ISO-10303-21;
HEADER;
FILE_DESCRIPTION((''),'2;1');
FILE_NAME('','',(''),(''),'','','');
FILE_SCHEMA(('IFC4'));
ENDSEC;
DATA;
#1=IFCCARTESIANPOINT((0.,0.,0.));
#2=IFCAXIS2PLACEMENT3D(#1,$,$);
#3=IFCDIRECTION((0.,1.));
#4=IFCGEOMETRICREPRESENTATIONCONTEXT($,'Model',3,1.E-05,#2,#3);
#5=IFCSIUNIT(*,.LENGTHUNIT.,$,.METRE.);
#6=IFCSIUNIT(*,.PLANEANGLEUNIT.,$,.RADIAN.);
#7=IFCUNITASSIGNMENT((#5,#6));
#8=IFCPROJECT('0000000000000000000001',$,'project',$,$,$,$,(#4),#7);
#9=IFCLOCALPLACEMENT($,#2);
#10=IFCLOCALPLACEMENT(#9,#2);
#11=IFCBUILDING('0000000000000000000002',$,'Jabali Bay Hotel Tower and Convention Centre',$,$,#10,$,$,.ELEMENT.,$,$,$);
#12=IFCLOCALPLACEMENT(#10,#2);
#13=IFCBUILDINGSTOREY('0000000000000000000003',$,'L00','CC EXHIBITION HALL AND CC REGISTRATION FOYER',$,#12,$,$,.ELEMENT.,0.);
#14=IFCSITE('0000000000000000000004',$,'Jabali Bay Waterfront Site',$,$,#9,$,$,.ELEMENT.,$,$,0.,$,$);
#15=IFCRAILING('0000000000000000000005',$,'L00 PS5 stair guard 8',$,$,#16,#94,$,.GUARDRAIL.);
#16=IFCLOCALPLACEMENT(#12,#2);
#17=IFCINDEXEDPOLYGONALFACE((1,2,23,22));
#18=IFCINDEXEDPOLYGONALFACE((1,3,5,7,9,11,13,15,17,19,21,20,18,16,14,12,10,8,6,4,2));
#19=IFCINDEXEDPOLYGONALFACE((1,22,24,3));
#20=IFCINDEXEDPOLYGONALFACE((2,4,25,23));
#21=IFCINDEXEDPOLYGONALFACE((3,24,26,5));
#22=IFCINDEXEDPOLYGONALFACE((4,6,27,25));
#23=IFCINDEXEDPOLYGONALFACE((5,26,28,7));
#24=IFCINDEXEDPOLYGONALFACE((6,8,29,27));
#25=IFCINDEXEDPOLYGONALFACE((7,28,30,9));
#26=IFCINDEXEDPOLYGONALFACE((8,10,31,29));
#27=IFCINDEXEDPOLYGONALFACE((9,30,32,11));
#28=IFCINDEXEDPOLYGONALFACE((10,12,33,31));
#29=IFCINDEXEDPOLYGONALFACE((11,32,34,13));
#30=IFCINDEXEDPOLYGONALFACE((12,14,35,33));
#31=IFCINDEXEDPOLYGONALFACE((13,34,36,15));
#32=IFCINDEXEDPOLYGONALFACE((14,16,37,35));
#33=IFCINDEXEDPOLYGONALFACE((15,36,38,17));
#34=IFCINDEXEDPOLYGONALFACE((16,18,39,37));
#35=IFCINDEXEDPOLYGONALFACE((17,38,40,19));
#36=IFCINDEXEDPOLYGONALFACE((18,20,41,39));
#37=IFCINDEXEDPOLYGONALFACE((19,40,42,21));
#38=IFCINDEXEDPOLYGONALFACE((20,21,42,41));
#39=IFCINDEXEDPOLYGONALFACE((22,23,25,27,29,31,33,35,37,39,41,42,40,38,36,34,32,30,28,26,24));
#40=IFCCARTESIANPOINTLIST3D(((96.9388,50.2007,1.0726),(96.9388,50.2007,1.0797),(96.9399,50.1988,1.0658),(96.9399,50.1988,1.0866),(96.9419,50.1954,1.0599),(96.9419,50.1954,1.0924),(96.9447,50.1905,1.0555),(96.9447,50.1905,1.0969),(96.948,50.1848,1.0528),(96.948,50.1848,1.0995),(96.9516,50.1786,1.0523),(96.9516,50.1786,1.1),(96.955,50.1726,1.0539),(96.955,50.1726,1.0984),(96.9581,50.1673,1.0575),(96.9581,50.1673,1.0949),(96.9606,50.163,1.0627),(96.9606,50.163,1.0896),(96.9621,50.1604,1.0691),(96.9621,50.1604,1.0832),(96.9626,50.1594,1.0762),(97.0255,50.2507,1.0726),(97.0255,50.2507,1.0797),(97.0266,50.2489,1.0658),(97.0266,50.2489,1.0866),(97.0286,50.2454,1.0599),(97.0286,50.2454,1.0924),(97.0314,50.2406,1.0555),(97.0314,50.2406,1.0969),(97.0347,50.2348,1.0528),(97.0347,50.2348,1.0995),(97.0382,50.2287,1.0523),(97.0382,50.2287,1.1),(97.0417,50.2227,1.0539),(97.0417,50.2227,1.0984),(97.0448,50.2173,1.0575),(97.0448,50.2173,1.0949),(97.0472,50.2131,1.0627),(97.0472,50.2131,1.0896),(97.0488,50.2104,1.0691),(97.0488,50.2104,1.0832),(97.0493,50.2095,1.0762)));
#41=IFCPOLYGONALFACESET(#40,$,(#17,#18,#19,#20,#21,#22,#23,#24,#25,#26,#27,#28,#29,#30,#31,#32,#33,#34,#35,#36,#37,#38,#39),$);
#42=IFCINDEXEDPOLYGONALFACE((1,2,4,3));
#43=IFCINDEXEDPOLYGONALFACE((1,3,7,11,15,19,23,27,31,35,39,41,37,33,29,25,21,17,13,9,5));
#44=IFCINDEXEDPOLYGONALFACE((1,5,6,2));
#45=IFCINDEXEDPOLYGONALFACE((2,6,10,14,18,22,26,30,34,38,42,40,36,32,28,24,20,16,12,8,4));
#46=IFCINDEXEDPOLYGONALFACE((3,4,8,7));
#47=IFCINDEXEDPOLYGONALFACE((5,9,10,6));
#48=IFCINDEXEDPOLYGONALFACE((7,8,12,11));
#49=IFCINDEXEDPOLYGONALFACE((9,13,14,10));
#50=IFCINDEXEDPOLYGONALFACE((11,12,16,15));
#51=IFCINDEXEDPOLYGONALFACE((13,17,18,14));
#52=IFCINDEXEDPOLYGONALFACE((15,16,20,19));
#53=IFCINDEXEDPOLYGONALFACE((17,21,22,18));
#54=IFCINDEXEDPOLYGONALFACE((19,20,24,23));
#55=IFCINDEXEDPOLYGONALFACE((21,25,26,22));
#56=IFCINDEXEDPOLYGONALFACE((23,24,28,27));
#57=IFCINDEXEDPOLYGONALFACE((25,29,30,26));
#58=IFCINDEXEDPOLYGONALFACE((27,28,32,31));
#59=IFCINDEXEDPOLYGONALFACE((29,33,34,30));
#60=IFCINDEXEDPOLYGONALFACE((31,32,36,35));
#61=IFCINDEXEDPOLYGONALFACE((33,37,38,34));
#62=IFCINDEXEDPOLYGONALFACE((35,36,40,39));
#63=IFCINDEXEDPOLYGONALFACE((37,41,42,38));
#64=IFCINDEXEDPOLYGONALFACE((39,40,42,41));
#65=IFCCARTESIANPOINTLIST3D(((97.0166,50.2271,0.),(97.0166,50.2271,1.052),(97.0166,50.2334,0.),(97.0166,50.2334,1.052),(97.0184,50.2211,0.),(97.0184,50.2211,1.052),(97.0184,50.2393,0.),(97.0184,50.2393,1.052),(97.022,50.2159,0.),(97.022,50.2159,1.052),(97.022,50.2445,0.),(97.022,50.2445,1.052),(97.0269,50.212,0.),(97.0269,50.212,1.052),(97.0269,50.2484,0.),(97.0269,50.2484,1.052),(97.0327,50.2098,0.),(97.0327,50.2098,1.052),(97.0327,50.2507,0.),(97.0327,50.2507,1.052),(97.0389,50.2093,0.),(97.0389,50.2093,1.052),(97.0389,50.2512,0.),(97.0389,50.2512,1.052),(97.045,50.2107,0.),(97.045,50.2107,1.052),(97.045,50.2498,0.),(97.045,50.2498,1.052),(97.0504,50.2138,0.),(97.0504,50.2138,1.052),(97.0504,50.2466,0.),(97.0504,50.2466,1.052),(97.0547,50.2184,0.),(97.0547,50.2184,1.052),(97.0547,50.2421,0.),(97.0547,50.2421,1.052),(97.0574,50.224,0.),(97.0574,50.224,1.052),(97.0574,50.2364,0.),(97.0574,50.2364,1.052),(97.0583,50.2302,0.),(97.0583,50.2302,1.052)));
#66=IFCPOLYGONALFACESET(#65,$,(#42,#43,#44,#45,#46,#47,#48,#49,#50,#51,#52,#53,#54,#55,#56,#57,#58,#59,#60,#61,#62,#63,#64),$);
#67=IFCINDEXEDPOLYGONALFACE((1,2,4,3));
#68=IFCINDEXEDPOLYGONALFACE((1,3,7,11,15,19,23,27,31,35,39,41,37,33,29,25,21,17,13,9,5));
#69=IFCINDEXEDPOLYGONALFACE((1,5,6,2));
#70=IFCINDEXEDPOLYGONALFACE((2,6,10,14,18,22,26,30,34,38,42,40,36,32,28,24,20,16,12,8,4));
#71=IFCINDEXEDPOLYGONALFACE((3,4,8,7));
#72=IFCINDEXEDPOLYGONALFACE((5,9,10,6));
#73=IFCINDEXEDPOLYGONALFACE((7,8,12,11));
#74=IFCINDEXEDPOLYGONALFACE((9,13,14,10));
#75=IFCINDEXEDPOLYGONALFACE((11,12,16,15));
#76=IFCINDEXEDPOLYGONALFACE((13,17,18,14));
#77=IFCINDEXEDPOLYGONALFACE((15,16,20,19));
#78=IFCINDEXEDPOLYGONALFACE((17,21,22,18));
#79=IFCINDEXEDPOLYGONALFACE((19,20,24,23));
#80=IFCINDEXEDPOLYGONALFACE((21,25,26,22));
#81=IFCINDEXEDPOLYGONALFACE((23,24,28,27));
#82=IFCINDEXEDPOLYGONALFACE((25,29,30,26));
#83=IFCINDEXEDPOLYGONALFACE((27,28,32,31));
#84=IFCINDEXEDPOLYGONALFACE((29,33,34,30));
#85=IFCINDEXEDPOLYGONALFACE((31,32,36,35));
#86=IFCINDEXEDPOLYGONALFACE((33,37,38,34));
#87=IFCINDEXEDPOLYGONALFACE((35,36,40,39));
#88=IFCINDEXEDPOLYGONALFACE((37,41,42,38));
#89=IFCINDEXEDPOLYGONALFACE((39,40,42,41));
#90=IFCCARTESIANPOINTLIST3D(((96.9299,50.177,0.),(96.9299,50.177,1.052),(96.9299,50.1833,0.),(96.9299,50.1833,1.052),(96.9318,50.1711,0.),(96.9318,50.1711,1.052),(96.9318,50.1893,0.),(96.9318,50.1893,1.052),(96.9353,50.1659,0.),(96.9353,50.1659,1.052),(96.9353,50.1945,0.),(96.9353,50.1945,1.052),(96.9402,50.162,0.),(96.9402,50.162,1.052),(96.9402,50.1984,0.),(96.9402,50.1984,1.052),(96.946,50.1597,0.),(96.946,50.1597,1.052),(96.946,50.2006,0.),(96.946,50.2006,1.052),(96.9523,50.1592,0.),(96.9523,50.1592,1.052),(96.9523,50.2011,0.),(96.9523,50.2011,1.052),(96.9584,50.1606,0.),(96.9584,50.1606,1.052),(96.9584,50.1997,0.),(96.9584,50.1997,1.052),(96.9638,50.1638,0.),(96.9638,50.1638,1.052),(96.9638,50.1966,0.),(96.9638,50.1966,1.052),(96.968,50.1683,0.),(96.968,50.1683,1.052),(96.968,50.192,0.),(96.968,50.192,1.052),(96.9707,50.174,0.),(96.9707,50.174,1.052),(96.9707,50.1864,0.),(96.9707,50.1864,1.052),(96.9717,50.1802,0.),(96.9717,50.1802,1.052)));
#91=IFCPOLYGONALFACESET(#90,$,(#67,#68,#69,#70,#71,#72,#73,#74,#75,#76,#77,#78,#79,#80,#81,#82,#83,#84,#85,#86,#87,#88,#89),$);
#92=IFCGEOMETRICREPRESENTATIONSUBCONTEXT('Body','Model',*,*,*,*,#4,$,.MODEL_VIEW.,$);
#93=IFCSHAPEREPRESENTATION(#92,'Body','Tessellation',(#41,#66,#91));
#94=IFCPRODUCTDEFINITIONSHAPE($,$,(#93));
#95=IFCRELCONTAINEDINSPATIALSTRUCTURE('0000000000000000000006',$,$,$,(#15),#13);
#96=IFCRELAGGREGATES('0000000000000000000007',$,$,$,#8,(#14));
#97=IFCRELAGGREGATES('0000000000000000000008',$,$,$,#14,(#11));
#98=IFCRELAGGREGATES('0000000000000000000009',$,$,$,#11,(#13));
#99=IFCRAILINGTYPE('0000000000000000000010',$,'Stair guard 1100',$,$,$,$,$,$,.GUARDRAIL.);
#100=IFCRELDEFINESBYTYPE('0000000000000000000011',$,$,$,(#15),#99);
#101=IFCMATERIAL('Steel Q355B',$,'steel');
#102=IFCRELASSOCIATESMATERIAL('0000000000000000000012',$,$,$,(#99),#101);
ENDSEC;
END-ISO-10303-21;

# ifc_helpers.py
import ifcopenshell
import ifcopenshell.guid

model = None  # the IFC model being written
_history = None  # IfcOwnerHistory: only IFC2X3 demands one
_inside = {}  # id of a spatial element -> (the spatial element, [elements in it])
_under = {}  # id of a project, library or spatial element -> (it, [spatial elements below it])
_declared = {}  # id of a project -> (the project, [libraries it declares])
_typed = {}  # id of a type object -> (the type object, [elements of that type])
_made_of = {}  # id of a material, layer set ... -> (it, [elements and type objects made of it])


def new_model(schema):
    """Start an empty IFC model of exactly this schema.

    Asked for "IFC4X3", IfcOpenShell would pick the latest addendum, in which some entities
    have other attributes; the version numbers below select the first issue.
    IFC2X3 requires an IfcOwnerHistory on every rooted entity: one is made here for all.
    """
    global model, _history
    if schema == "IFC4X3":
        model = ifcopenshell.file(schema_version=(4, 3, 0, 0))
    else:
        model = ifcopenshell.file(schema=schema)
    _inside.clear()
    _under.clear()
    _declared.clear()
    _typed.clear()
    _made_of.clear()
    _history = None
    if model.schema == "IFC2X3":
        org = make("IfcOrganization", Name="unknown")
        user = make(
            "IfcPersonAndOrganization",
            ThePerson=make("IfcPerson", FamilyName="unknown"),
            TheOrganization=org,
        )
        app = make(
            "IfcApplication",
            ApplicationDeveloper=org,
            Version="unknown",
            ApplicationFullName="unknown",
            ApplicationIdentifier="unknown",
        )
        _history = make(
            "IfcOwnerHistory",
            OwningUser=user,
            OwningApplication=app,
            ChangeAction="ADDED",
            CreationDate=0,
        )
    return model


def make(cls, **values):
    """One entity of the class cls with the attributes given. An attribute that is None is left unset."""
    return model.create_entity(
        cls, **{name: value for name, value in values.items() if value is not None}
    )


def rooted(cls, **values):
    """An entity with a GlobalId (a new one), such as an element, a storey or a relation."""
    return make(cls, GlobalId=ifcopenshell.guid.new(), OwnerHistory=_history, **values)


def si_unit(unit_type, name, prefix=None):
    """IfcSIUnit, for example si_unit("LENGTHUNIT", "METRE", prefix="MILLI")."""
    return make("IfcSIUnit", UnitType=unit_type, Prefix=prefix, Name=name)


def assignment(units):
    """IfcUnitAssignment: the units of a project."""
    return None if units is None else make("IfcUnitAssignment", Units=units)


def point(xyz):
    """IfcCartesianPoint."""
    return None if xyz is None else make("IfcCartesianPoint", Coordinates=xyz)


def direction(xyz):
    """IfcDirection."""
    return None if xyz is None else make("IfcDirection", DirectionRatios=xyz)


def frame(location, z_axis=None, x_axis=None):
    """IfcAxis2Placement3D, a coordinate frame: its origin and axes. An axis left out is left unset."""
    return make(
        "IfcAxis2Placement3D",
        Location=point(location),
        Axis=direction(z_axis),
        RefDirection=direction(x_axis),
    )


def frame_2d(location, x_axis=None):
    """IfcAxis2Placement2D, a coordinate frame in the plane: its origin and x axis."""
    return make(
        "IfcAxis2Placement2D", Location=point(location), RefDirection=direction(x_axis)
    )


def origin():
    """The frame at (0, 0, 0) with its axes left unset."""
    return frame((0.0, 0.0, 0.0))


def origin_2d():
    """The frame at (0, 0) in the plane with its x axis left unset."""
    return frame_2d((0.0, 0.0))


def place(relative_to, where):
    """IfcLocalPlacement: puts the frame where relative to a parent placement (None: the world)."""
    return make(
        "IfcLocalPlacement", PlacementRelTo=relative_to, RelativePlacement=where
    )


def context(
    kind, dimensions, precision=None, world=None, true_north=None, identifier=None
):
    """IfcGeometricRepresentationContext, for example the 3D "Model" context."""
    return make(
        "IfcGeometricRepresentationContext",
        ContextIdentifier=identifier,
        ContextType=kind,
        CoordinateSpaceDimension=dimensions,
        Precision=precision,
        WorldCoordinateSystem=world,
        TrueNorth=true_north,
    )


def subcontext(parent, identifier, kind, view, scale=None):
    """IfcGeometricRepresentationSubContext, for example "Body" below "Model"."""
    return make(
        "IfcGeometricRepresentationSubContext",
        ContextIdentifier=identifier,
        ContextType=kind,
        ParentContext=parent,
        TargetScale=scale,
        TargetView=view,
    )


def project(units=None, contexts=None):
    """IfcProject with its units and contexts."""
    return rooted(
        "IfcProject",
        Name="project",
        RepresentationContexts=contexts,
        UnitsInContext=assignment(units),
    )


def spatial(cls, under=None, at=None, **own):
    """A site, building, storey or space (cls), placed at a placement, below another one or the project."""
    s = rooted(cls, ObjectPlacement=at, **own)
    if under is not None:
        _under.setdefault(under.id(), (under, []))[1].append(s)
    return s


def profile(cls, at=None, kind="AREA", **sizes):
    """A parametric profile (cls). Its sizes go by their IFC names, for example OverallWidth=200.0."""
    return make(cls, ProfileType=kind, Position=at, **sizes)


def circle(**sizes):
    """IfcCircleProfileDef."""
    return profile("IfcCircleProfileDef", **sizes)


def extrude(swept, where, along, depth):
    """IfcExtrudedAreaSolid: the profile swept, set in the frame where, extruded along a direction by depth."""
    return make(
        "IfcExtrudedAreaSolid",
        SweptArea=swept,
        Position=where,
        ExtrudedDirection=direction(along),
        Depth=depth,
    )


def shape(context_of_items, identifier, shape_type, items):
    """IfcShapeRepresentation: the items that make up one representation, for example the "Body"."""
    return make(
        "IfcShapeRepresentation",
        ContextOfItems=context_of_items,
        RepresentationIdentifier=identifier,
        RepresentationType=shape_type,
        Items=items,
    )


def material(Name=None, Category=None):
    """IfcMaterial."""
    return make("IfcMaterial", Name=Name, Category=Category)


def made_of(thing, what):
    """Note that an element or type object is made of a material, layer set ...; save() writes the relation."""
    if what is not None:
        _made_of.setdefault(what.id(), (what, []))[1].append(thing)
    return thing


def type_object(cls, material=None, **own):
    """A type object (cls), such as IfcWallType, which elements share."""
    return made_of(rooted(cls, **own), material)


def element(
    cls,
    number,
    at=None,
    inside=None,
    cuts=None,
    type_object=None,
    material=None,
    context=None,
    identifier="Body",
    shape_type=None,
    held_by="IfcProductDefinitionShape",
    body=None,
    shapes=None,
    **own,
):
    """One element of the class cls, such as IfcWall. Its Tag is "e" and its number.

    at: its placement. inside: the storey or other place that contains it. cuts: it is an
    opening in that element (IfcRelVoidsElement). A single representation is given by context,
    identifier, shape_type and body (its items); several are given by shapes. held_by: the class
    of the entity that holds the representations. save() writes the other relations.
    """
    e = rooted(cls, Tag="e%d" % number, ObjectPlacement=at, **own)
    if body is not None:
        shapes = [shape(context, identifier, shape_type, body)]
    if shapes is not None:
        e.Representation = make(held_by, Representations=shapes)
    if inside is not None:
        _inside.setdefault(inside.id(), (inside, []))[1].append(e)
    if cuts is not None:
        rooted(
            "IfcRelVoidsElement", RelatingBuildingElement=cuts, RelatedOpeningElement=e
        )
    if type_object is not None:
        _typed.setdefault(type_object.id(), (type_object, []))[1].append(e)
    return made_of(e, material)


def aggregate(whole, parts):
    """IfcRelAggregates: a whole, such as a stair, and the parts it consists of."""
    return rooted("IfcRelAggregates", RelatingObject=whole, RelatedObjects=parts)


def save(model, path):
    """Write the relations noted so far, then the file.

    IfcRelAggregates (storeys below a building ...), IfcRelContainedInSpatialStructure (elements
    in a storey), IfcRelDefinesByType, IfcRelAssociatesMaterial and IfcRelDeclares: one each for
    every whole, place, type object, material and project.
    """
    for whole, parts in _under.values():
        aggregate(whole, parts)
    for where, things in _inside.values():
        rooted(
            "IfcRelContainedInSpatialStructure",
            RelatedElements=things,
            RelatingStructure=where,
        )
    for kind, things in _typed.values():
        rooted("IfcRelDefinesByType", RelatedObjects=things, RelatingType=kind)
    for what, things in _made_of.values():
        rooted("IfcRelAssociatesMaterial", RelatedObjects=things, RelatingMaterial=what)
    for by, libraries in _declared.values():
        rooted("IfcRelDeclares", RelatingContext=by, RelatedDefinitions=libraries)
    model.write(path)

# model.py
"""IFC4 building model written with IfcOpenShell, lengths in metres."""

from ifc_helpers import new_model, si_unit, direction, frame, origin, origin_2d, place, context, subcontext, project, spatial, circle, extrude, material, type_object, element, save


model = new_model("IFC4")

# Units and contexts
model_context = context("Model", 3, precision=1e-05, world=origin(), true_north=direction((0.0, 1.0)))
body_context = subcontext(model_context, "Body", "Model", "MODEL_VIEW")
ifc_project = project(units=[si_unit("LENGTHUNIT", "METRE"), si_unit("PLANEANGLEUNIT", "RADIAN")], contexts=[model_context])

# Site, building, storey
site_placement = place(None, origin())
site = spatial("IfcSite", under=ifc_project, at=site_placement, Name="Jabali Bay Waterfront Site", CompositionType="ELEMENT", RefElevation=0.0)
building_placement = place(site_placement, origin())
building = spatial("IfcBuilding", under=site, at=building_placement, Name="Jabali Bay Hotel Tower and Convention Centre", CompositionType="ELEMENT")
storey_placement = place(building_placement, origin())
storey = spatial("IfcBuildingStorey", under=building, at=storey_placement, Name="L00", Description="CC EXHIBITION HALL AND CC REGISTRATION FOYER", CompositionType="ELEMENT", Elevation=0.0)

# Railing
ifc_material_1 = material(Name="Steel Q355B", Category="steel")
railing_type_1 = type_object("IfcRailingType", Name="Stair guard 1100", PredefinedType="GUARDRAIL", material=ifc_material_1)
railing_1_placement = place(storey_placement, frame((97.0374, 50.2302, 0.0)))
element("IfcRailing", 1, at=railing_1_placement, inside=storey, type_object=railing_type_1, Name="L00 PS5 stair guard 8", PredefinedType="GUARDRAIL", context=body_context, shape_type="SweptSolid", body=[
    extrude(circle(Radius=0.0239, at=origin_2d()), frame((0.0, 0.0, 1.0762), z_axis=(-0.865982, -0.500074, 0.0), x_axis=(0.500074, -0.865982, 0.0)), (0.0, 0.0, 1.0), 0.1001),
    extrude(circle(Radius=0.021, at=origin_2d()), origin(), (0.0, 0.0, 1.0), 1.052),
    extrude(circle(Radius=0.021, at=origin_2d()), frame((-0.0867, -0.05, 0.0)), (0.0, 0.0, 1.0), 1.052),
])

save(model, "model.ifc")
